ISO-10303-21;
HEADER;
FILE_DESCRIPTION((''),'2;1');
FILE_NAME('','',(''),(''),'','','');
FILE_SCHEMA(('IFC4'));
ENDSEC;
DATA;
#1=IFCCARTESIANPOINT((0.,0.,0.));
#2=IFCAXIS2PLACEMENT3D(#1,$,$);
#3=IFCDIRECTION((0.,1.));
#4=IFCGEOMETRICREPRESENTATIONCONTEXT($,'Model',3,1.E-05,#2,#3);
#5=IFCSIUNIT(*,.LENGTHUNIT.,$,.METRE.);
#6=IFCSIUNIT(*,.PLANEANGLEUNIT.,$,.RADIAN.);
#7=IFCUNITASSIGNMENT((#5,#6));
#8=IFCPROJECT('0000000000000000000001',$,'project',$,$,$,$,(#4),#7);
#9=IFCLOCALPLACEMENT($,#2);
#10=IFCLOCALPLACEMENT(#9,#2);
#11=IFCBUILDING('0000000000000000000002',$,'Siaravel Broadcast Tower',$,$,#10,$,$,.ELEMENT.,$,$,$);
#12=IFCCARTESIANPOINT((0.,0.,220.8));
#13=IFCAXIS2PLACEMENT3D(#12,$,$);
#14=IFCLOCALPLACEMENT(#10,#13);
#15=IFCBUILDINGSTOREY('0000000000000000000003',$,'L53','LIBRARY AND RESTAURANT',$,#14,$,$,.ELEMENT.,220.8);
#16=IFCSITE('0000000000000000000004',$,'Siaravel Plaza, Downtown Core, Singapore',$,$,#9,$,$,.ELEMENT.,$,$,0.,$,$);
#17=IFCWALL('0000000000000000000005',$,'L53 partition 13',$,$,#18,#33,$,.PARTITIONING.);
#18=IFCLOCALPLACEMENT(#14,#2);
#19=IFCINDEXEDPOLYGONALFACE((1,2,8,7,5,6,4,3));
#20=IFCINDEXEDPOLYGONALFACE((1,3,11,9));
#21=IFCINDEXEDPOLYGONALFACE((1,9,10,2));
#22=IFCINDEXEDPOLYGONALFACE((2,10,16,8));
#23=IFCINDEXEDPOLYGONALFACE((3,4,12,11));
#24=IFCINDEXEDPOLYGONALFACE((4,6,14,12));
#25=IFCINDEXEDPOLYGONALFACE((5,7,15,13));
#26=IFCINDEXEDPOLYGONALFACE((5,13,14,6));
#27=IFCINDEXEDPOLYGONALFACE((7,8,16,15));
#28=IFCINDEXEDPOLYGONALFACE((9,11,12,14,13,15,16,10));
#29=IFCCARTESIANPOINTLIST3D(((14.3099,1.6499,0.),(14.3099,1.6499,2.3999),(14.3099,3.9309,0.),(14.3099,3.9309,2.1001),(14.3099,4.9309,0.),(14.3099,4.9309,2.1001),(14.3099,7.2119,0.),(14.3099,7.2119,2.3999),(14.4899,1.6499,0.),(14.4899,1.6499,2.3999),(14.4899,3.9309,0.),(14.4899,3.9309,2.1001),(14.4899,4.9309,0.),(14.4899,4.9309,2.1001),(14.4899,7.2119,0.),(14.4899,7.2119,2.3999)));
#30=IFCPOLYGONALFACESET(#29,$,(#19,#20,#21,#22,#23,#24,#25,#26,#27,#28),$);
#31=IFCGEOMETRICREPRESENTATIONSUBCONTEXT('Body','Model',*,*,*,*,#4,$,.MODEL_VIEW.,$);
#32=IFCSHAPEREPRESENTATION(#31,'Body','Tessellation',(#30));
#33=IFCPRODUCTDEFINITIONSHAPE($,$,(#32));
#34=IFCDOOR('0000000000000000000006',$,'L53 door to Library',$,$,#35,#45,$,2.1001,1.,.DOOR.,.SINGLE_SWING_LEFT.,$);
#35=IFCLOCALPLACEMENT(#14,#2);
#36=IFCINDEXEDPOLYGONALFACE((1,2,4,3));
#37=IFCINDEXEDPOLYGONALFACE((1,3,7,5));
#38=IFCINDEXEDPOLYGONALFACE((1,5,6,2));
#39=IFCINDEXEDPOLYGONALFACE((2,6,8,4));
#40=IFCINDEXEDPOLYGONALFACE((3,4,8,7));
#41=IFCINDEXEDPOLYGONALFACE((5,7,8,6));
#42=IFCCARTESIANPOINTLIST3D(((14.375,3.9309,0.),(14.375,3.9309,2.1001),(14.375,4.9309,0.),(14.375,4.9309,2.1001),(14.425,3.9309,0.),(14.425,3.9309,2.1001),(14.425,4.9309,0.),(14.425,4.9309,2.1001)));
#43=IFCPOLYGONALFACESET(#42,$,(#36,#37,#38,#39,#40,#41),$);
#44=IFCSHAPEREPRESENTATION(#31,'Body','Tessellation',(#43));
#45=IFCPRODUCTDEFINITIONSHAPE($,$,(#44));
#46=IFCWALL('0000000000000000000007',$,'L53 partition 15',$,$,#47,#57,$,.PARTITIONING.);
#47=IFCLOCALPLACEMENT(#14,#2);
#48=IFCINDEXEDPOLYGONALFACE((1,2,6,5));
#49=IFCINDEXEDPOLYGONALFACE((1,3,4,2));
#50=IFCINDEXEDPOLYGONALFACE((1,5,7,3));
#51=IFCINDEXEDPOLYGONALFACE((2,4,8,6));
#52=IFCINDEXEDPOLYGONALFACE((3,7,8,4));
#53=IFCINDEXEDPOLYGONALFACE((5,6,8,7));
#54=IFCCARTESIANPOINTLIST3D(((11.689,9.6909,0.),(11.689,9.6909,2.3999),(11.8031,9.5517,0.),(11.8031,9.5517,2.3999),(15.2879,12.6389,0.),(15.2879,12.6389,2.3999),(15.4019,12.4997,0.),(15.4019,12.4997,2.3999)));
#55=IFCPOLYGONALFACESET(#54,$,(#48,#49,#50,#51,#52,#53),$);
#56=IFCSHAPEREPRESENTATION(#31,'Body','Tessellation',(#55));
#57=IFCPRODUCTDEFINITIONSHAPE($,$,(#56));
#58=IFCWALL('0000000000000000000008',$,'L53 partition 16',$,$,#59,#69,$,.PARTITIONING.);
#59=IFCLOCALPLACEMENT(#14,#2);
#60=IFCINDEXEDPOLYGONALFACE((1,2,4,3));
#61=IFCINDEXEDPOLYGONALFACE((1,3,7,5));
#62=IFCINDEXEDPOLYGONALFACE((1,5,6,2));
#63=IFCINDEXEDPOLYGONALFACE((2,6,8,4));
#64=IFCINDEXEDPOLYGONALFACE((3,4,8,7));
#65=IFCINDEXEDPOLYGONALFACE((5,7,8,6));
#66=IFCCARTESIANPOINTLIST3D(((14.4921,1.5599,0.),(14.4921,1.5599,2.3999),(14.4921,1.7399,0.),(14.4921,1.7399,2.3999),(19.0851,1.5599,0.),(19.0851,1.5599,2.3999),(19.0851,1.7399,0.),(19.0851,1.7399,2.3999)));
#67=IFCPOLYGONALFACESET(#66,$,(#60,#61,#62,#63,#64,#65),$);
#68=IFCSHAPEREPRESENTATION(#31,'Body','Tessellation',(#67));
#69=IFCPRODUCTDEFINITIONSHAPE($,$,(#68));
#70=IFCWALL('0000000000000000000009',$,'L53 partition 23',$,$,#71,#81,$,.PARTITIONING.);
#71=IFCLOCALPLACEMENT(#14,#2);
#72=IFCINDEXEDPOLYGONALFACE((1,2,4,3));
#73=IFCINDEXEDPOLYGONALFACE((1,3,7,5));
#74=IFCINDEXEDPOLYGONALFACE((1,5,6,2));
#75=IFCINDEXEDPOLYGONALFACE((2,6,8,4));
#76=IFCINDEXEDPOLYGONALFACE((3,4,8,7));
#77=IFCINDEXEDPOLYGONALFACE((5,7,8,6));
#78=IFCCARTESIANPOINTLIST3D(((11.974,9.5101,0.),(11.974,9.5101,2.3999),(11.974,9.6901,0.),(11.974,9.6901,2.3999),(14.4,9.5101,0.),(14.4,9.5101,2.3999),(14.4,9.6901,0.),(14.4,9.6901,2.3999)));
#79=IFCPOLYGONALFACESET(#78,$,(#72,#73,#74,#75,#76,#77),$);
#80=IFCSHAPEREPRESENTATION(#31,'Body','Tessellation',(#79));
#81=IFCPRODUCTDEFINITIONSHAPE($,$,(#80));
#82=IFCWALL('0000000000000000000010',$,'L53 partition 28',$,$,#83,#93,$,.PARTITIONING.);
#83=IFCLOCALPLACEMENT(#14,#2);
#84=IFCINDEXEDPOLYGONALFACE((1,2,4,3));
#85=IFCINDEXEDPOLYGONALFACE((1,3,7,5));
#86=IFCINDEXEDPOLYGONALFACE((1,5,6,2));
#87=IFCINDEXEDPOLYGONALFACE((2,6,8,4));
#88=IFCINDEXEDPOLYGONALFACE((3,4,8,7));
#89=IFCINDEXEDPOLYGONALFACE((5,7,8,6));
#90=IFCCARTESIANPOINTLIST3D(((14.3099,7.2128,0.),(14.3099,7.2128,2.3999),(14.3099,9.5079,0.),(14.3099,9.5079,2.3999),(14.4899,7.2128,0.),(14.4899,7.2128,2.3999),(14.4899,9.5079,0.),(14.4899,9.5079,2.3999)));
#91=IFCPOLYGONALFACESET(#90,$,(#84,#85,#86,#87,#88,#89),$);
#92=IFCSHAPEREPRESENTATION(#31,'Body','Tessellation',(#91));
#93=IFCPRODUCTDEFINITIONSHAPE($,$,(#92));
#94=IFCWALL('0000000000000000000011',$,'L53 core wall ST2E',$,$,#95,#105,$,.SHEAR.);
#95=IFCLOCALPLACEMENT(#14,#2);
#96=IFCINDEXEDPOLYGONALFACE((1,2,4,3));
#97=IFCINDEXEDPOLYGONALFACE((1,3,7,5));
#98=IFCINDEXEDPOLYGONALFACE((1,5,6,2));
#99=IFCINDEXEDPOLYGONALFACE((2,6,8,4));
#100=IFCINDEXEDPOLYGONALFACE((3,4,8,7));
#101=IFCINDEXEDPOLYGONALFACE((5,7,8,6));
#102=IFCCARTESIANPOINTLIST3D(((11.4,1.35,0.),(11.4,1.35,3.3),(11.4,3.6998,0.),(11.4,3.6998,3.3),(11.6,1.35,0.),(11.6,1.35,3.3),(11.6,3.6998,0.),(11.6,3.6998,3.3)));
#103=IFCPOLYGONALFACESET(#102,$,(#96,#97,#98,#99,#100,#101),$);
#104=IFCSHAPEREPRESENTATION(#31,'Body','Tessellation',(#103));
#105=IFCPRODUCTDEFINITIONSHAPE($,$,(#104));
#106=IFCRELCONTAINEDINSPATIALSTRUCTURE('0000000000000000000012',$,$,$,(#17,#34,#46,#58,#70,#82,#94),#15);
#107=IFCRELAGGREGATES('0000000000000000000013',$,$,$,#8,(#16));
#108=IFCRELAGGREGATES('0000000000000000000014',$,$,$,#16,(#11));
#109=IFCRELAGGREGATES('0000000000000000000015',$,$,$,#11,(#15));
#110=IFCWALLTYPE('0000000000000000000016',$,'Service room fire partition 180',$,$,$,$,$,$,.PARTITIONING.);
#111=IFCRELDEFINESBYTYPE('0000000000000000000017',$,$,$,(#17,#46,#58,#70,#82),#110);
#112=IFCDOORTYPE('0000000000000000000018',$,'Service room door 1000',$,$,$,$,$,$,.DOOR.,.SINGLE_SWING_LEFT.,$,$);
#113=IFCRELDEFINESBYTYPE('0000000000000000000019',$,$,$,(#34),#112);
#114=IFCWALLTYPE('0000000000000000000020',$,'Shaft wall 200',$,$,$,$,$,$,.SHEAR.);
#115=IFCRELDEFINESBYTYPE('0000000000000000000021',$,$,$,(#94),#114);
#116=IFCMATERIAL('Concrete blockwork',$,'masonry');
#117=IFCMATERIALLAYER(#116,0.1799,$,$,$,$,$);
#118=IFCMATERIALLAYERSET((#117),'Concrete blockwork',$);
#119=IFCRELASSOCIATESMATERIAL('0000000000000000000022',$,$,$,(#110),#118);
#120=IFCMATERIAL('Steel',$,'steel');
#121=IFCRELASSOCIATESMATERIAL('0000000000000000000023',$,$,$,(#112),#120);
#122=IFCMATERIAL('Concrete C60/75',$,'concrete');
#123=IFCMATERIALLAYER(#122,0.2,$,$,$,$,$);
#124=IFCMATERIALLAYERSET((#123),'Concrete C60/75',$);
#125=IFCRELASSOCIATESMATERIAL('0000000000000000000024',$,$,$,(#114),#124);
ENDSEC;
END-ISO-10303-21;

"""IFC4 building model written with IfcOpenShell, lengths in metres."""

from ifc_helpers import new_model, si_unit, direction, frame, frame_2d, origin, place, context, subcontext, project, spatial, rectangle, extrude, material, layer, layer_set, type_object, element, fill, save


model = new_model("IFC4")

# Units and contexts
model_context = context("Model", 3, precision=1e-05, world=origin(), true_north=direction((0.0, 1.0)))
body_context = subcontext(model_context, "Body", "Model", "MODEL_VIEW")
ifc_project = project(units=[si_unit("LENGTHUNIT", "METRE"), si_unit("PLANEANGLEUNIT", "RADIAN")], contexts=[model_context])

# Site, building, storey
site_placement = place(None, origin())
site = spatial("IfcSite", under=ifc_project, at=site_placement, Name="Siaravel Plaza, Downtown Core, Singapore", CompositionType="ELEMENT", RefElevation=0.0)
building_placement = place(site_placement, origin())
building = spatial("IfcBuilding", under=site, at=building_placement, Name="Siaravel Broadcast Tower", CompositionType="ELEMENT")
storey_placement = place(building_placement, frame((0.0, 0.0, 220.8)))
storey = spatial("IfcBuildingStorey", under=building, at=storey_placement, Name="L53", Description="LIBRARY AND RESTAURANT", CompositionType="ELEMENT", Elevation=220.8)

# Wall, opening, door
ifc_material_1 = material(Name="Concrete blockwork", Category="masonry")
ifc_layer_1 = layer(ifc_material_1, 0.1799)
ifc_layer_set_1 = layer_set([ifc_layer_1], Name="Concrete blockwork")
wall_type_1 = type_object("IfcWallType", Name="Service room fire partition 180", PredefinedType="PARTITIONING", material=ifc_layer_set_1)
wall_1_placement = place(storey_placement, frame((14.3999, 1.6499, 0.0), z_axis=(0.0, 0.0, 1.0), x_axis=(0.0, 1.0, 0.0)))
wall_1 = element("IfcWall", 1, at=wall_1_placement, inside=storey, type_object=wall_type_1, Name="L53 partition 13", PredefinedType="PARTITIONING", context=body_context, shape_type="SweptSolid", body=[
    extrude(rectangle(XDim=5.562, YDim=0.1799, at=frame_2d((2.781, 0.0))), origin(), (0.0, 0.0, 1.0), 2.3999),
])
opening_1_placement = place(wall_1_placement, frame((2.281, 0.0, 0.0)))
opening_1 = element("IfcOpeningElement", 2, at=opening_1_placement, cuts=wall_1, PredefinedType="OPENING", context=body_context, shape_type="SweptSolid", body=[
    extrude(rectangle(XDim=1.0, YDim=2.1001, at=frame_2d((0.5, 1.05))), frame((0.0, 0.0999, 0.0), z_axis=(0.0, -1.0, 0.0), x_axis=(1.0, 0.0, 0.0)), (0.0, 0.0, 1.0), 0.2),
])
ifc_material_2 = material(Name="Steel", Category="steel")
door_type_1 = type_object("IfcDoorType", Name="Service room door 1000", OperationType="SINGLE_SWING_LEFT", PredefinedType="DOOR", material=ifc_material_2)
door_1_placement = place(opening_1_placement, origin())
door_1 = element("IfcDoor", 3, at=door_1_placement, inside=storey, type_object=door_type_1, Name="L53 door to Library", OperationType="SINGLE_SWING_LEFT", OverallHeight=2.1001, OverallWidth=1.0, PredefinedType="DOOR", context=body_context, shape_type="SweptSolid", body=[
    extrude(rectangle(XDim=1.0, YDim=2.1001, at=frame_2d((0.5, 1.05))), frame((0.0, 0.0249, 0.0), z_axis=(0.0, -1.0, 0.0), x_axis=(1.0, 0.0, 0.0)), (0.0, 0.0, 1.0), 0.05),
])
fill(opening_1, door_1)

# Walls
wall_2_placement = place(storey_placement, frame((15.345, 12.5693, 0.0), z_axis=(0.0, 0.0, 1.0), x_axis=(-0.773592, -0.633683, 0.0)))
element("IfcWall", 4, at=wall_2_placement, inside=storey, type_object=wall_type_1, Name="L53 partition 15", PredefinedType="PARTITIONING", context=body_context, shape_type="SweptSolid", body=[
    extrude(rectangle(XDim=4.6521, YDim=0.1799, at=frame_2d((2.3262, 0.0))), origin(), (0.0, 0.0, 1.0), 2.3999),
])
wall_3_placement = place(storey_placement, frame((19.085, 1.6499, 0.0), z_axis=(0.0, 0.0, 1.0), x_axis=(-1.0, 0.0, 0.0)))
element("IfcWall", 5, at=wall_3_placement, inside=storey, type_object=wall_type_1, Name="L53 partition 16", PredefinedType="PARTITIONING", context=body_context, shape_type="SweptSolid", body=[
    extrude(rectangle(XDim=4.593, YDim=0.1799, at=frame_2d((2.2964, 0.0))), origin(), (0.0, 0.0, 1.0), 2.3999),
])
wall_4_placement = place(storey_placement, frame((14.3999, 9.6001, 0.0), z_axis=(0.0, 0.0, 1.0), x_axis=(-1.0, 0.0, 0.0)))
element("IfcWall", 6, at=wall_4_placement, inside=storey, type_object=wall_type_1, Name="L53 partition 23", PredefinedType="PARTITIONING", context=body_context, shape_type="SweptSolid", body=[
    extrude(rectangle(XDim=2.426, YDim=0.1799, at=frame_2d((1.2129, 0.0))), origin(), (0.0, 0.0, 1.0), 2.3999),
])
wall_5_placement = place(storey_placement, frame((14.3999, 7.2129, 0.0), z_axis=(0.0, 0.0, 1.0), x_axis=(0.0, 1.0, 0.0)))
element("IfcWall", 7, at=wall_5_placement, inside=storey, type_object=wall_type_1, Name="L53 partition 28", PredefinedType="PARTITIONING", context=body_context, shape_type="SweptSolid", body=[
    extrude(rectangle(XDim=2.2952, YDim=0.1799, at=frame_2d((1.1475, 0.0))), origin(), (0.0, 0.0, 1.0), 2.3999),
])
ifc_material_3 = material(Name="Concrete C60/75", Category="concrete")
ifc_layer_2 = layer(ifc_material_3, 0.2)
ifc_layer_set_2 = layer_set([ifc_layer_2], Name="Concrete C60/75")
wall_type_2 = type_object("IfcWallType", Name="Shaft wall 200", PredefinedType="SHEAR", material=ifc_layer_set_2)
wall_6_placement = place(storey_placement, frame((11.5, 1.3501, 0.0), z_axis=(0.0, 0.0, 1.0), x_axis=(0.0, 1.0, 0.0)))
element("IfcWall", 8, at=wall_6_placement, inside=storey, type_object=wall_type_2, Name="L53 core wall ST2E", PredefinedType="SHEAR", context=body_context, shape_type="SweptSolid", body=[
    extrude(rectangle(XDim=2.3499, YDim=0.2, at=frame_2d((1.1748, 0.0))), origin(), (0.0, 0.0, 1.0), 3.3),
])

save(model, "model.ifc")
